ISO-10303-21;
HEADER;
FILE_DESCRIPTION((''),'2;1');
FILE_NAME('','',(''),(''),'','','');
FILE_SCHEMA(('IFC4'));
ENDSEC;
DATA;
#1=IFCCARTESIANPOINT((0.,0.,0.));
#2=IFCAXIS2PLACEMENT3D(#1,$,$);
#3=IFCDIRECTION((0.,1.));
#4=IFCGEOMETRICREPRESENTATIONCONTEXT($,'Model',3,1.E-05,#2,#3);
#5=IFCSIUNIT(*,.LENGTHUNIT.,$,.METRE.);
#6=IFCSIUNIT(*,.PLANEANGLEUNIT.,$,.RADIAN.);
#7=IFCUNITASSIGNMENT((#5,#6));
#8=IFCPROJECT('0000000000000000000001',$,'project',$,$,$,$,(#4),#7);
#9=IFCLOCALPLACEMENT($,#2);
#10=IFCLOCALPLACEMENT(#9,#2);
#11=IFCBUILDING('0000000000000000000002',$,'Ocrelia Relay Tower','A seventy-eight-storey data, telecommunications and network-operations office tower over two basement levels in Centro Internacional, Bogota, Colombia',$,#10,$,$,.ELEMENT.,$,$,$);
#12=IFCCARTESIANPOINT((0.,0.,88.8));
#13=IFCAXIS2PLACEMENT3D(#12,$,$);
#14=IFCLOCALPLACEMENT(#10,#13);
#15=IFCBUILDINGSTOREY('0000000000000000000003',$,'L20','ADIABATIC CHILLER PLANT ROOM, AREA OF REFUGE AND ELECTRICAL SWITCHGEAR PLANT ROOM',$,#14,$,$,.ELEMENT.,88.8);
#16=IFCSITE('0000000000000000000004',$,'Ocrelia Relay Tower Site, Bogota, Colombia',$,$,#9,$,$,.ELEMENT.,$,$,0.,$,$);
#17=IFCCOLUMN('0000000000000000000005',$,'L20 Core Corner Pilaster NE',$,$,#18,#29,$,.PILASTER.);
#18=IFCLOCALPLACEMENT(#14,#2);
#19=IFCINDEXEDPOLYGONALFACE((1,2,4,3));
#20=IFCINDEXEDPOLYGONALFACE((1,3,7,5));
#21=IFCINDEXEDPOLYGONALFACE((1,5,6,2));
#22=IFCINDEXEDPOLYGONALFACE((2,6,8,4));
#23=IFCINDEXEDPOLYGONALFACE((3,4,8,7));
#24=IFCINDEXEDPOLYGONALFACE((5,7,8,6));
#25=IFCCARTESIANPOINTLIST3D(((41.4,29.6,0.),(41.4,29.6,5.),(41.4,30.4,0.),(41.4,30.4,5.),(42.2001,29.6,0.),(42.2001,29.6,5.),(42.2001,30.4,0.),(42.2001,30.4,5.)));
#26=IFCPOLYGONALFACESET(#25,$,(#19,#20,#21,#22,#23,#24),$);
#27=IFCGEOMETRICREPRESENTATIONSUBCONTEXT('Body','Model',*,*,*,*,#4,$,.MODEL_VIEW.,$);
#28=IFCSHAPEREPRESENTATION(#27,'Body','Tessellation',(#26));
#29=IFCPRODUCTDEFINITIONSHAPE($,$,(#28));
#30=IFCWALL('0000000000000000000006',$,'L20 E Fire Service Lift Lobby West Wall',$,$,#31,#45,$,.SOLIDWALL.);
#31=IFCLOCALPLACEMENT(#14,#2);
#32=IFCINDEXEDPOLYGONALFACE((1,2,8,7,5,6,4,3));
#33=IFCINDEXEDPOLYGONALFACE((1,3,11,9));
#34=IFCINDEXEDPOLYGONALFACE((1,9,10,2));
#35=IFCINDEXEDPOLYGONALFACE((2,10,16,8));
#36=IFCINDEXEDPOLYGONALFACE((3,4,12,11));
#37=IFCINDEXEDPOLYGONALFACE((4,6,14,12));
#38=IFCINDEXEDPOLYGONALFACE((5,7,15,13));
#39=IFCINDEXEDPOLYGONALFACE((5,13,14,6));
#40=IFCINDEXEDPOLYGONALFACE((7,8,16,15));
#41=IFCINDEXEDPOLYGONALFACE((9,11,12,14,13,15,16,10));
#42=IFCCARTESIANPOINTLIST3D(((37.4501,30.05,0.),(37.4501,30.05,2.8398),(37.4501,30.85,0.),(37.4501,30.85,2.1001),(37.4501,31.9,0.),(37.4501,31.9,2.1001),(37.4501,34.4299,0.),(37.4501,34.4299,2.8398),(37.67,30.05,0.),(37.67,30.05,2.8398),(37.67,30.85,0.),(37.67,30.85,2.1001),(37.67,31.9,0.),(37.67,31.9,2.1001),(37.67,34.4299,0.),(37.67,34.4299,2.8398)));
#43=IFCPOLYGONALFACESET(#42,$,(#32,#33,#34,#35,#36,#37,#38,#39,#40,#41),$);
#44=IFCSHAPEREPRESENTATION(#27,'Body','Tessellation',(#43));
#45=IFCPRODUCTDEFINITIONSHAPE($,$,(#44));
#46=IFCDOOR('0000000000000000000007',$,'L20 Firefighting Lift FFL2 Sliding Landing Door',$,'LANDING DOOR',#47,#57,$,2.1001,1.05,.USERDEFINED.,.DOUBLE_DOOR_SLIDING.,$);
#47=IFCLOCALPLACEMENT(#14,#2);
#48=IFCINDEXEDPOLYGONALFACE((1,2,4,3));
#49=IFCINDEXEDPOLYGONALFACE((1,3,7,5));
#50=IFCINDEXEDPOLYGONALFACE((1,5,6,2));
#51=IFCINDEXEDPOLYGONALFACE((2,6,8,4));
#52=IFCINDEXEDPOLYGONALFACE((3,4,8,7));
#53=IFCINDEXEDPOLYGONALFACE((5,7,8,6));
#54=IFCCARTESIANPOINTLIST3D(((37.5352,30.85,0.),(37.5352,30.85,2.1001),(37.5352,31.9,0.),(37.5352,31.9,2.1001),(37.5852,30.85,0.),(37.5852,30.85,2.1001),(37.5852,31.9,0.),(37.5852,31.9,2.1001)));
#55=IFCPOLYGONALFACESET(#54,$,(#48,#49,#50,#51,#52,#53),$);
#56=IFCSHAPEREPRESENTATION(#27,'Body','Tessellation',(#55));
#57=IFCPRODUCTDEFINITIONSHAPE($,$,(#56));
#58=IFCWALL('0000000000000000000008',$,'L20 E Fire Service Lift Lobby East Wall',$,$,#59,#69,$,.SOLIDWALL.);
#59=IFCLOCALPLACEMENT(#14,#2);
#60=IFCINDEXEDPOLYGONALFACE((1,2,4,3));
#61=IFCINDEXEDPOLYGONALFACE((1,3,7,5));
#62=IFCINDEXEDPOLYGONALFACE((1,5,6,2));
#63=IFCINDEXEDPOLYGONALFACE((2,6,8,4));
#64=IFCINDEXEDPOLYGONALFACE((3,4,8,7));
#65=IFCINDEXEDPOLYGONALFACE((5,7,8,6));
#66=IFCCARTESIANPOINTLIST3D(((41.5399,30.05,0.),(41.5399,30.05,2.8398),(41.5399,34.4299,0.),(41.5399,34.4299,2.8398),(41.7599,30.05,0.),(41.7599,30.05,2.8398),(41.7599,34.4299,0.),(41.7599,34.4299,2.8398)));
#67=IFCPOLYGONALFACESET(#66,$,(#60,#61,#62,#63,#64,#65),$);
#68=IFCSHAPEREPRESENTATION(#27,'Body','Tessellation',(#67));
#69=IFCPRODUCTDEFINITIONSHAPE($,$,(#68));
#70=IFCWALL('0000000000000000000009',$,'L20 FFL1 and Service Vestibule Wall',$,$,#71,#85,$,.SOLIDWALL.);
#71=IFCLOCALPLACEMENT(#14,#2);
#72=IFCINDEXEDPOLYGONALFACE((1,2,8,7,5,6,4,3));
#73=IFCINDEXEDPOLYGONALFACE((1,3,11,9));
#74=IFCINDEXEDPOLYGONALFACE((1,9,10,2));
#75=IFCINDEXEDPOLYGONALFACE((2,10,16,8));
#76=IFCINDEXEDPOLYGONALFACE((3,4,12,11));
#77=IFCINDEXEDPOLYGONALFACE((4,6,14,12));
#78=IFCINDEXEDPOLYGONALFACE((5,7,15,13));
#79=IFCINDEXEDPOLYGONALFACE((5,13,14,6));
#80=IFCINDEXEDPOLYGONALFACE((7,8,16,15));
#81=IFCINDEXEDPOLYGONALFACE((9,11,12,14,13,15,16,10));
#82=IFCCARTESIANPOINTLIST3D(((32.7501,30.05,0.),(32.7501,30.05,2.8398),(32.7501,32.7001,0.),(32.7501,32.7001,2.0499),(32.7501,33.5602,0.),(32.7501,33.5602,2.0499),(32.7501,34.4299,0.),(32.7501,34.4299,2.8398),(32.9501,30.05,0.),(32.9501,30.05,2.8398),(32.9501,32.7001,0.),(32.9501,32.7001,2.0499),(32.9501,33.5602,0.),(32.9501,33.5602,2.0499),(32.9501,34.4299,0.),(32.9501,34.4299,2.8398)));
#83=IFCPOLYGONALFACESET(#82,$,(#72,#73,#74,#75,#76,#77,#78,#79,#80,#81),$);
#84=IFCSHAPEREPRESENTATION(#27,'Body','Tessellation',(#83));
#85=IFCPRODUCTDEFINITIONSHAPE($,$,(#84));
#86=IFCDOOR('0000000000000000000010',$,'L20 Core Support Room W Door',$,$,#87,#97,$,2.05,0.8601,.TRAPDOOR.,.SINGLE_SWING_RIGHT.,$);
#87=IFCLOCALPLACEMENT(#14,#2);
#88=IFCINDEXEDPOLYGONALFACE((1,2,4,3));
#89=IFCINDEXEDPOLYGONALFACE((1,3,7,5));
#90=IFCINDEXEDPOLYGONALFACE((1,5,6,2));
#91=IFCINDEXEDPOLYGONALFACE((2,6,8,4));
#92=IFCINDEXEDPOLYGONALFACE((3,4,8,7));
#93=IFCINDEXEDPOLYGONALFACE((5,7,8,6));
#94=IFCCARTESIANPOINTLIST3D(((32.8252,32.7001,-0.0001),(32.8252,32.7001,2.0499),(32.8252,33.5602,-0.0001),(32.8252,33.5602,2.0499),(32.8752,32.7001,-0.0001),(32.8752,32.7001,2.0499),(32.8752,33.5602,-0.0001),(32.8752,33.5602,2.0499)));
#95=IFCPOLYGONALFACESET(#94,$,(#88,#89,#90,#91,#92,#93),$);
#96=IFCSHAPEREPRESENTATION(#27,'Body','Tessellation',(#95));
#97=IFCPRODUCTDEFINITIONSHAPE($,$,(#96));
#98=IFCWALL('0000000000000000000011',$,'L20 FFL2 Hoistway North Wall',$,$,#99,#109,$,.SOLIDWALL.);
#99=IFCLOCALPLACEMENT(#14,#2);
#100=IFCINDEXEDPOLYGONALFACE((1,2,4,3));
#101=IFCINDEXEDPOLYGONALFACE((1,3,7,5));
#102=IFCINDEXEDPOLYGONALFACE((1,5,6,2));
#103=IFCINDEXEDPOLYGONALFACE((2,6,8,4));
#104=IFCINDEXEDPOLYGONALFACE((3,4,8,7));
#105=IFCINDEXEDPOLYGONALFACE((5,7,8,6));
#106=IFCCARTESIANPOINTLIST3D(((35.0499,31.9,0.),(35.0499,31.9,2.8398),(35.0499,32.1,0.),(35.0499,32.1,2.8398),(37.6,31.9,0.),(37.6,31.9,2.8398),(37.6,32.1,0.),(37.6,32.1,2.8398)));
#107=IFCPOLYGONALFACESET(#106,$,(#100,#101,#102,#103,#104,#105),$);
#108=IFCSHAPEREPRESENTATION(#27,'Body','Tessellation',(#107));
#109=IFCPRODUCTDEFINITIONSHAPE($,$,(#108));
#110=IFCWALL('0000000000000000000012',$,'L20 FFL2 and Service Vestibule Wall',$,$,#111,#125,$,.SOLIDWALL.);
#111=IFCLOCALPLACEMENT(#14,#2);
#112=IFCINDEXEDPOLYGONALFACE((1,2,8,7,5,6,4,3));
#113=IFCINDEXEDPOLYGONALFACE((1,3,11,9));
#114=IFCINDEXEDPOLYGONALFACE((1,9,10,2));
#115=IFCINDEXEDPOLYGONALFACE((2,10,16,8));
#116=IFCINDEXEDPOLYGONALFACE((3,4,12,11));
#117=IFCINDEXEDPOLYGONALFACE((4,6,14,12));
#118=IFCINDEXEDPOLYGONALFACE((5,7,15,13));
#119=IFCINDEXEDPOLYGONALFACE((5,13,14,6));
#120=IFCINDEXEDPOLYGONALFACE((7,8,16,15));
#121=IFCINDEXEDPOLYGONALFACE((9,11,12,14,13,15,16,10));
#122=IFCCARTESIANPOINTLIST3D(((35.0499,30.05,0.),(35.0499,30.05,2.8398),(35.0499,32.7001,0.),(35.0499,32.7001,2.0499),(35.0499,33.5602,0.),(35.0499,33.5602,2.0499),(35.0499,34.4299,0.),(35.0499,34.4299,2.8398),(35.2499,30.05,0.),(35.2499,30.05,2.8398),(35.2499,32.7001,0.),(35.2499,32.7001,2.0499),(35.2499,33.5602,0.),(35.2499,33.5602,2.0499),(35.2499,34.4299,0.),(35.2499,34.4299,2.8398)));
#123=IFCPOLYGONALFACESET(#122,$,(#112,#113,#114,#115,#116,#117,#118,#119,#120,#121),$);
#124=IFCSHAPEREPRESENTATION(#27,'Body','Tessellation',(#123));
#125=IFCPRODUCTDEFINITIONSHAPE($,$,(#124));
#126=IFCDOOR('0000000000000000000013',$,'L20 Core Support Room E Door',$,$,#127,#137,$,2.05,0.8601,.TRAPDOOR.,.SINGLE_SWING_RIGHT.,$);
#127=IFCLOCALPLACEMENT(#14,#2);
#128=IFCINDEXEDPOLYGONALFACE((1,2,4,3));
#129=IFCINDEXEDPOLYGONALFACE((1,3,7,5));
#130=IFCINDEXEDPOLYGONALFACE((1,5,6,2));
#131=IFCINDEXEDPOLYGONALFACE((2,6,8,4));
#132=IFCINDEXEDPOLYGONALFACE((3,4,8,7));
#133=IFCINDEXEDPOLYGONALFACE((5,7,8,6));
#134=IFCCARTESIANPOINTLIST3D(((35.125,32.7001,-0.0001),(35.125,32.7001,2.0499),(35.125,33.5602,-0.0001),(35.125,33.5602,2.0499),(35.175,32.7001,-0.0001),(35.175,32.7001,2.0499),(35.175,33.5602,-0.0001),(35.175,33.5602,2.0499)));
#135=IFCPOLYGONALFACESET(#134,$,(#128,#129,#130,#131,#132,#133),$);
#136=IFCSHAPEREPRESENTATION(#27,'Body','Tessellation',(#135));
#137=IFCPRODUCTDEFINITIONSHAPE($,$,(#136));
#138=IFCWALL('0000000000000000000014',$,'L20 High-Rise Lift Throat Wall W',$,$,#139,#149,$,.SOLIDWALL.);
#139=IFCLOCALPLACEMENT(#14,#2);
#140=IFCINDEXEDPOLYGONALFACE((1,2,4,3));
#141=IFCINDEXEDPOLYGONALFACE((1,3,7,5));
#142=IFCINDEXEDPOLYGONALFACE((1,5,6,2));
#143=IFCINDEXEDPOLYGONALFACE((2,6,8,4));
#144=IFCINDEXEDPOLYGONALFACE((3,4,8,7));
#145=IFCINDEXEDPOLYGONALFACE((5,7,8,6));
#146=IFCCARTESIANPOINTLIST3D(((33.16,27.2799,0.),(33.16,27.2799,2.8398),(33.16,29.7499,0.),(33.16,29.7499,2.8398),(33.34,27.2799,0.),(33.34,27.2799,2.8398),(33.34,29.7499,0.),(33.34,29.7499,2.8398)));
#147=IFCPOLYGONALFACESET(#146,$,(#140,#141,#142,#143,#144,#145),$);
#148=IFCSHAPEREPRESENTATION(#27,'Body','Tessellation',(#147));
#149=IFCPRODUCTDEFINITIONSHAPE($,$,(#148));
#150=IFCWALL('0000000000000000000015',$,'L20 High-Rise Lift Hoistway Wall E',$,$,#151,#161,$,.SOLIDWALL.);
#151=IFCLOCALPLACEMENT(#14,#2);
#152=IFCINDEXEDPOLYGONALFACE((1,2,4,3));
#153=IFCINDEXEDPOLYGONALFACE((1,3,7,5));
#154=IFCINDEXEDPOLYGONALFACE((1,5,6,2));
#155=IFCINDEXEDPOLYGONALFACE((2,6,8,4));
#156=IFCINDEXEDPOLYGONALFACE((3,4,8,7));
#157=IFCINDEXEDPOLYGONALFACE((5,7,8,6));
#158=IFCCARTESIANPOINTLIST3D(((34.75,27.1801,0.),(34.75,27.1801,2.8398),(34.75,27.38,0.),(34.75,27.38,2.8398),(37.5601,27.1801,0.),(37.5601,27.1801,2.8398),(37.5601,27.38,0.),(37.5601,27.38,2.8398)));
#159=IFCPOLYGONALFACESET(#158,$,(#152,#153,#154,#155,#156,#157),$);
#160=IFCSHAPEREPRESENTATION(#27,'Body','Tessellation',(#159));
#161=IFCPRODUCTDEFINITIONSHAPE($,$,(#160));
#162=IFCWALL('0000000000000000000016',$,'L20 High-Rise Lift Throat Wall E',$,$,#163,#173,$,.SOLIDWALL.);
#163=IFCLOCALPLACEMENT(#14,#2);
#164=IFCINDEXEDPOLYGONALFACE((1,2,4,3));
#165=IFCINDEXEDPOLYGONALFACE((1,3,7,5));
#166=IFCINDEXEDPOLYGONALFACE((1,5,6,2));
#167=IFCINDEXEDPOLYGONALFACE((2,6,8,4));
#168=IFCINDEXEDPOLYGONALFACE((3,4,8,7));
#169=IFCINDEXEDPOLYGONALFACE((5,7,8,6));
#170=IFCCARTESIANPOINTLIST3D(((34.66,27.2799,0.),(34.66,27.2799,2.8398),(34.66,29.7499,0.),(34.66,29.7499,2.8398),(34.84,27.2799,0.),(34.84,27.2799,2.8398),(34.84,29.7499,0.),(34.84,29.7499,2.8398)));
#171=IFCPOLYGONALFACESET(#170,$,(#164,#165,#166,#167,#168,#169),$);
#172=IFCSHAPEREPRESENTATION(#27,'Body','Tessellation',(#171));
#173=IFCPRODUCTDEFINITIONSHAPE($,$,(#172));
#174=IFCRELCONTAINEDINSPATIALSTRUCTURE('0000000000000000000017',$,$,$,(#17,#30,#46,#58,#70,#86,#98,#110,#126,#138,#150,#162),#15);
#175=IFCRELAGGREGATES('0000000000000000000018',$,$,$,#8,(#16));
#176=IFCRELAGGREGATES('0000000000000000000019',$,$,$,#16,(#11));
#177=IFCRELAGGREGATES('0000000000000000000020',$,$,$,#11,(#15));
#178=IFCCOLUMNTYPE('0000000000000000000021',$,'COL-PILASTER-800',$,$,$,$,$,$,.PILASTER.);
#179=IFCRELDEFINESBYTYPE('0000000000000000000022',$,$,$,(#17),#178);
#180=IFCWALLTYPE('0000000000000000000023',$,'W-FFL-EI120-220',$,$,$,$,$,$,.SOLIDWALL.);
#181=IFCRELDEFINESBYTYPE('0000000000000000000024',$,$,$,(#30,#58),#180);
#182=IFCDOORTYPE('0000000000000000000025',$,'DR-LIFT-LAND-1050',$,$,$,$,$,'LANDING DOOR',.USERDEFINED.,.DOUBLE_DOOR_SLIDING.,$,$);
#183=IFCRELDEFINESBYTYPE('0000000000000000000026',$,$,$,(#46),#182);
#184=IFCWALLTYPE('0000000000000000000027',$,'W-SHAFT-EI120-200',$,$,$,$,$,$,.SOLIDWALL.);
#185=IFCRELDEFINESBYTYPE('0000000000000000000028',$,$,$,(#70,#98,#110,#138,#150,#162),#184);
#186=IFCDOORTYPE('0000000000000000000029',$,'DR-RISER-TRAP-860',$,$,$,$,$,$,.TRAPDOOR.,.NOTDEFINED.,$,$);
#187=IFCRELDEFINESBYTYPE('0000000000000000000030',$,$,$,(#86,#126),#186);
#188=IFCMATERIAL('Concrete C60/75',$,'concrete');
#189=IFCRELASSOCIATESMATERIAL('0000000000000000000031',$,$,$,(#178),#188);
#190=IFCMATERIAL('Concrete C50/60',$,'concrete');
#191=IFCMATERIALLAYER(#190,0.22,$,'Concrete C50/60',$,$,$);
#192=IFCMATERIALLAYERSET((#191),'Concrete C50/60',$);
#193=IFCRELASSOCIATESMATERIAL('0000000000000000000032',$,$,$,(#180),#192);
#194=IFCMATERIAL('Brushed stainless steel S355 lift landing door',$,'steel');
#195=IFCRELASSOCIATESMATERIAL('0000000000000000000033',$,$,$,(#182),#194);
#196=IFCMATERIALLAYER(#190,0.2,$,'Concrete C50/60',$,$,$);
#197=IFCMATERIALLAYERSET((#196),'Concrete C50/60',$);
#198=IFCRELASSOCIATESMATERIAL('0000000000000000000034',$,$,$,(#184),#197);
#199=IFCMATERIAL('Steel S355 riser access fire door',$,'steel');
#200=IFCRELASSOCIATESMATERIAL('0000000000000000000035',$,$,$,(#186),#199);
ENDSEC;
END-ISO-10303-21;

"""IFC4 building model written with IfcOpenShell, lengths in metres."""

from ifc_helpers import new_model, si_unit, direction, frame, frame_2d, origin, origin_2d, place, context, subcontext, project, spatial, rectangle, extrude, material, layer, layer_set, material_profile, profile_set, type_object, element, fill, save


model = new_model("IFC4")

# Units and contexts
model_context = context("Model", 3, precision=1e-05, world=origin(), true_north=direction((0.0, 1.0)))
body_context = subcontext(model_context, "Body", "Model", "MODEL_VIEW")
ifc_project = project(units=[si_unit("LENGTHUNIT", "METRE"), si_unit("PLANEANGLEUNIT", "RADIAN")], contexts=[model_context])

# Site, building, storey
site_placement = place(None, origin())
site = spatial("IfcSite", under=ifc_project, at=site_placement, Name="Ocrelia Relay Tower Site, Bogota, Colombia", CompositionType="ELEMENT", RefElevation=0.0)
building_placement = place(site_placement, origin())
building = spatial("IfcBuilding", under=site, at=building_placement, Name="Ocrelia Relay Tower", Description="A seventy-eight-storey data, telecommunications and network-operations office tower over two basement levels in Centro Internacional, Bogota, Colombia", CompositionType="ELEMENT")
storey_placement = place(building_placement, frame((0.0, 0.0, 88.8)))
storey = spatial("IfcBuildingStorey", under=building, at=storey_placement, Name="L20", Description="ADIABATIC CHILLER PLANT ROOM, AREA OF REFUGE AND ELECTRICAL SWITCHGEAR PLANT ROOM", CompositionType="ELEMENT", Elevation=88.8)

# Column
ifc_material_1 = material(Name="Concrete C60/75", Category="concrete")
ifc_material_profile = material_profile(ifc_material_1, rectangle(XDim=0.8, YDim=0.8, at=origin_2d()), Name="RC-COL-800x800")
ifc_profile_set = profile_set([ifc_material_profile], Name="Concrete C60/75")
column_type = type_object("IfcColumnType", Name="COL-PILASTER-800", PredefinedType="PILASTER", material=ifc_profile_set)
column_placement = place(storey_placement, frame((41.8, 30.0, 0.0), z_axis=(0.0, 0.0, 1.0), x_axis=(1.0, 0.0, 0.0)))
element("IfcColumn", 1, at=column_placement, inside=storey, type_object=column_type, Name="L20 Core Corner Pilaster NE", PredefinedType="PILASTER", context=body_context, shape_type="SweptSolid", body=[
    extrude(rectangle(XDim=0.8, YDim=0.8, at=origin_2d()), origin(), (0.0, 0.0, 1.0), 5.0),
])

# Wall, opening, door
ifc_material_2 = material(Name="Concrete C50/60", Category="concrete")
ifc_layer_1 = layer(ifc_material_2, 0.22, Name="Concrete C50/60")
ifc_layer_set_1 = layer_set([ifc_layer_1], Name="Concrete C50/60")
wall_type_1 = type_object("IfcWallType", Name="W-FFL-EI120-220", PredefinedType="SOLIDWALL", material=ifc_layer_set_1)
wall_1_placement = place(storey_placement, frame((37.5601, 30.05, 0.0), z_axis=(0.0, 0.0, 1.0), x_axis=(0.0, 1.0, 0.0)))
wall_1 = element("IfcWall", 2, at=wall_1_placement, inside=storey, type_object=wall_type_1, Name="L20 E Fire Service Lift Lobby West Wall", PredefinedType="SOLIDWALL", context=body_context, shape_type="SweptSolid", body=[
    extrude(rectangle(XDim=4.3799, YDim=0.22, at=frame_2d((2.1899, 0.0))), origin(), (0.0, 0.0, 1.0), 2.8398),
])
opening_1_placement = place(wall_1_placement, frame((0.8, 0.0, 0.0)))
opening_1 = element("IfcOpeningElement", 3, at=opening_1_placement, cuts=wall_1, PredefinedType="OPENING", context=body_context, shape_type="SweptSolid", body=[
    extrude(rectangle(XDim=1.05, YDim=2.1001, at=frame_2d((0.5249, 1.05))), frame((0.0, 0.1201, 0.0), z_axis=(0.0, -1.0, 0.0), x_axis=(1.0, 0.0, 0.0)), (0.0, 0.0, 1.0), 0.24),
])
ifc_material_3 = material(Name="Brushed stainless steel S355 lift landing door", Category="steel")
door_type_1 = type_object("IfcDoorType", Name="DR-LIFT-LAND-1050", ElementType="LANDING DOOR", OperationType="DOUBLE_DOOR_SLIDING", PredefinedType="USERDEFINED", material=ifc_material_3)
door_1_placement = place(opening_1_placement, origin())
door_1 = element("IfcDoor", 4, at=door_1_placement, inside=storey, type_object=door_type_1, Name="L20 Firefighting Lift FFL2 Sliding Landing Door", ObjectType="LANDING DOOR", OperationType="DOUBLE_DOOR_SLIDING", OverallHeight=2.1001, OverallWidth=1.05, PredefinedType="USERDEFINED", context=body_context, shape_type="SweptSolid", body=[
    extrude(rectangle(XDim=1.05, YDim=2.1001, at=frame_2d((0.5249, 1.05))), frame((0.0, 0.0249, 0.0), z_axis=(0.0, -1.0, 0.0), x_axis=(1.0, 0.0, 0.0)), (0.0, 0.0, 1.0), 0.05),
])
fill(opening_1, door_1)

# Wall
wall_2_placement = place(storey_placement, frame((41.6499, 30.05, 0.0), z_axis=(0.0, 0.0, 1.0), x_axis=(0.0, 1.0, 0.0)))
element("IfcWall", 5, at=wall_2_placement, inside=storey, type_object=wall_type_1, Name="L20 E Fire Service Lift Lobby East Wall", PredefinedType="SOLIDWALL", context=body_context, shape_type="SweptSolid", body=[
    extrude(rectangle(XDim=4.3799, YDim=0.22, at=frame_2d((2.1899, 0.0))), origin(), (0.0, 0.0, 1.0), 2.8398),
])

# Wall, opening, door
ifc_layer_2 = layer(ifc_material_2, 0.2, Name="Concrete C50/60")
ifc_layer_set_2 = layer_set([ifc_layer_2], Name="Concrete C50/60")
wall_type_2 = type_object("IfcWallType", Name="W-SHAFT-EI120-200", PredefinedType="SOLIDWALL", material=ifc_layer_set_2)
wall_3_placement = place(storey_placement, frame((32.8501, 30.05, 0.0), z_axis=(0.0, 0.0, 1.0), x_axis=(0.0, 1.0, 0.0)))
wall_3 = element("IfcWall", 6, at=wall_3_placement, inside=storey, type_object=wall_type_2, Name="L20 FFL1 and Service Vestibule Wall", PredefinedType="SOLIDWALL", context=body_context, shape_type="SweptSolid", body=[
    extrude(rectangle(XDim=4.3799, YDim=0.2, at=frame_2d((2.1899, 0.0))), origin(), (0.0, 0.0, 1.0), 2.8398),
])
opening_2_placement = place(wall_3_placement, frame((2.6499, 0.0, 0.0)))
opening_2 = element("IfcOpeningElement", 7, at=opening_2_placement, cuts=wall_3, PredefinedType="OPENING", context=body_context, shape_type="SweptSolid", body=[
    extrude(rectangle(XDim=0.8601, YDim=2.05, at=frame_2d((0.4302, 1.0249))), frame((0.0, 0.1099, 0.0), z_axis=(0.0, -1.0, 0.0), x_axis=(1.0, 0.0, 0.0)), (0.0, 0.0, 1.0), 0.22),
])
ifc_material_4 = material(Name="Steel S355 riser access fire door", Category="steel")
door_type_2 = type_object("IfcDoorType", Name="DR-RISER-TRAP-860", OperationType="NOTDEFINED", PredefinedType="TRAPDOOR", material=ifc_material_4)
door_2_placement = place(opening_2_placement, origin())
door_2 = element("IfcDoor", 8, at=door_2_placement, inside=storey, type_object=door_type_2, Name="L20 Core Support Room W Door", OperationType="SINGLE_SWING_RIGHT", OverallHeight=2.05, OverallWidth=0.8601, PredefinedType="TRAPDOOR", context=body_context, shape_type="SweptSolid", body=[
    extrude(rectangle(XDim=0.8601, YDim=2.05, at=frame_2d((0.4302, 1.0249))), frame((0.0, 0.0249, 0.0), z_axis=(0.0, -1.0, 0.0), x_axis=(1.0, 0.0, 0.0)), (0.0, 0.0, 1.0), 0.05),
])
fill(opening_2, door_2)

# Wall
wall_4_placement = place(storey_placement, frame((35.05, 32.0, 0.0), z_axis=(0.0, 0.0, 1.0), x_axis=(1.0, 0.0, 0.0)))
element("IfcWall", 9, at=wall_4_placement, inside=storey, type_object=wall_type_2, Name="L20 FFL2 Hoistway North Wall", PredefinedType="SOLIDWALL", context=body_context, shape_type="SweptSolid", body=[
    extrude(rectangle(XDim=2.55, YDim=0.2, at=frame_2d((1.2749, 0.0))), origin(), (0.0, 0.0, 1.0), 2.8398),
])

# Wall, opening, door
wall_5_placement = place(storey_placement, frame((35.1499, 30.05, 0.0), z_axis=(0.0, 0.0, 1.0), x_axis=(0.0, 1.0, 0.0)))
wall_5 = element("IfcWall", 10, at=wall_5_placement, inside=storey, type_object=wall_type_2, Name="L20 FFL2 and Service Vestibule Wall", PredefinedType="SOLIDWALL", context=body_context, shape_type="SweptSolid", body=[
    extrude(rectangle(XDim=4.3799, YDim=0.2, at=frame_2d((2.1899, 0.0))), origin(), (0.0, 0.0, 1.0), 2.8398),
])
opening_3_placement = place(wall_5_placement, frame((2.6499, 0.0, 0.0)))
opening_3 = element("IfcOpeningElement", 11, at=opening_3_placement, cuts=wall_5, PredefinedType="OPENING", context=body_context, shape_type="SweptSolid", body=[
    extrude(rectangle(XDim=0.8601, YDim=2.05, at=frame_2d((0.4302, 1.0249))), frame((0.0, 0.1099, 0.0), z_axis=(0.0, -1.0, 0.0), x_axis=(1.0, 0.0, 0.0)), (0.0, 0.0, 1.0), 0.22),
])
door_3_placement = place(opening_3_placement, origin())
door_3 = element("IfcDoor", 12, at=door_3_placement, inside=storey, type_object=door_type_2, Name="L20 Core Support Room E Door", OperationType="SINGLE_SWING_RIGHT", OverallHeight=2.05, OverallWidth=0.8601, PredefinedType="TRAPDOOR", context=body_context, shape_type="SweptSolid", body=[
    extrude(rectangle(XDim=0.8601, YDim=2.05, at=frame_2d((0.4302, 1.0249))), frame((0.0, 0.0249, 0.0), z_axis=(0.0, -1.0, 0.0), x_axis=(1.0, 0.0, 0.0)), (0.0, 0.0, 1.0), 0.05),
])
fill(opening_3, door_3)

# Walls
wall_6_placement = place(storey_placement, frame((33.25, 27.28, 0.0), z_axis=(0.0, 0.0, 1.0), x_axis=(0.0, 1.0, 0.0)))
element("IfcWall", 13, at=wall_6_placement, inside=storey, type_object=wall_type_2, Name="L20 High-Rise Lift Throat Wall W", PredefinedType="SOLIDWALL", context=body_context, shape_type="SweptSolid", body=[
    extrude(rectangle(XDim=2.47, YDim=0.1799, at=frame_2d((1.2349, 0.0))), origin(), (0.0, 0.0, 1.0), 2.8398),
])
wall_7_placement = place(storey_placement, frame((34.75, 27.28, 0.0), z_axis=(0.0, 0.0, 1.0), x_axis=(1.0, 0.0, 0.0)))
element("IfcWall", 14, at=wall_7_placement, inside=storey, type_object=wall_type_2, Name="L20 High-Rise Lift Hoistway Wall E", PredefinedType="SOLIDWALL", context=body_context, shape_type="SweptSolid", body=[
    extrude(rectangle(XDim=2.8101, YDim=0.2, at=frame_2d((1.405, 0.0))), origin(), (0.0, 0.0, 1.0), 2.8398),
])
wall_8_placement = place(storey_placement, frame((34.75, 27.28, 0.0), z_axis=(0.0, 0.0, 1.0), x_axis=(0.0, 1.0, 0.0)))
element("IfcWall", 15, at=wall_8_placement, inside=storey, type_object=wall_type_2, Name="L20 High-Rise Lift Throat Wall E", PredefinedType="SOLIDWALL", context=body_context, shape_type="SweptSolid", body=[
    extrude(rectangle(XDim=2.47, YDim=0.1799, at=frame_2d((1.2349, 0.0))), origin(), (0.0, 0.0, 1.0), 2.8398),
])

save(model, "model.ifc")
